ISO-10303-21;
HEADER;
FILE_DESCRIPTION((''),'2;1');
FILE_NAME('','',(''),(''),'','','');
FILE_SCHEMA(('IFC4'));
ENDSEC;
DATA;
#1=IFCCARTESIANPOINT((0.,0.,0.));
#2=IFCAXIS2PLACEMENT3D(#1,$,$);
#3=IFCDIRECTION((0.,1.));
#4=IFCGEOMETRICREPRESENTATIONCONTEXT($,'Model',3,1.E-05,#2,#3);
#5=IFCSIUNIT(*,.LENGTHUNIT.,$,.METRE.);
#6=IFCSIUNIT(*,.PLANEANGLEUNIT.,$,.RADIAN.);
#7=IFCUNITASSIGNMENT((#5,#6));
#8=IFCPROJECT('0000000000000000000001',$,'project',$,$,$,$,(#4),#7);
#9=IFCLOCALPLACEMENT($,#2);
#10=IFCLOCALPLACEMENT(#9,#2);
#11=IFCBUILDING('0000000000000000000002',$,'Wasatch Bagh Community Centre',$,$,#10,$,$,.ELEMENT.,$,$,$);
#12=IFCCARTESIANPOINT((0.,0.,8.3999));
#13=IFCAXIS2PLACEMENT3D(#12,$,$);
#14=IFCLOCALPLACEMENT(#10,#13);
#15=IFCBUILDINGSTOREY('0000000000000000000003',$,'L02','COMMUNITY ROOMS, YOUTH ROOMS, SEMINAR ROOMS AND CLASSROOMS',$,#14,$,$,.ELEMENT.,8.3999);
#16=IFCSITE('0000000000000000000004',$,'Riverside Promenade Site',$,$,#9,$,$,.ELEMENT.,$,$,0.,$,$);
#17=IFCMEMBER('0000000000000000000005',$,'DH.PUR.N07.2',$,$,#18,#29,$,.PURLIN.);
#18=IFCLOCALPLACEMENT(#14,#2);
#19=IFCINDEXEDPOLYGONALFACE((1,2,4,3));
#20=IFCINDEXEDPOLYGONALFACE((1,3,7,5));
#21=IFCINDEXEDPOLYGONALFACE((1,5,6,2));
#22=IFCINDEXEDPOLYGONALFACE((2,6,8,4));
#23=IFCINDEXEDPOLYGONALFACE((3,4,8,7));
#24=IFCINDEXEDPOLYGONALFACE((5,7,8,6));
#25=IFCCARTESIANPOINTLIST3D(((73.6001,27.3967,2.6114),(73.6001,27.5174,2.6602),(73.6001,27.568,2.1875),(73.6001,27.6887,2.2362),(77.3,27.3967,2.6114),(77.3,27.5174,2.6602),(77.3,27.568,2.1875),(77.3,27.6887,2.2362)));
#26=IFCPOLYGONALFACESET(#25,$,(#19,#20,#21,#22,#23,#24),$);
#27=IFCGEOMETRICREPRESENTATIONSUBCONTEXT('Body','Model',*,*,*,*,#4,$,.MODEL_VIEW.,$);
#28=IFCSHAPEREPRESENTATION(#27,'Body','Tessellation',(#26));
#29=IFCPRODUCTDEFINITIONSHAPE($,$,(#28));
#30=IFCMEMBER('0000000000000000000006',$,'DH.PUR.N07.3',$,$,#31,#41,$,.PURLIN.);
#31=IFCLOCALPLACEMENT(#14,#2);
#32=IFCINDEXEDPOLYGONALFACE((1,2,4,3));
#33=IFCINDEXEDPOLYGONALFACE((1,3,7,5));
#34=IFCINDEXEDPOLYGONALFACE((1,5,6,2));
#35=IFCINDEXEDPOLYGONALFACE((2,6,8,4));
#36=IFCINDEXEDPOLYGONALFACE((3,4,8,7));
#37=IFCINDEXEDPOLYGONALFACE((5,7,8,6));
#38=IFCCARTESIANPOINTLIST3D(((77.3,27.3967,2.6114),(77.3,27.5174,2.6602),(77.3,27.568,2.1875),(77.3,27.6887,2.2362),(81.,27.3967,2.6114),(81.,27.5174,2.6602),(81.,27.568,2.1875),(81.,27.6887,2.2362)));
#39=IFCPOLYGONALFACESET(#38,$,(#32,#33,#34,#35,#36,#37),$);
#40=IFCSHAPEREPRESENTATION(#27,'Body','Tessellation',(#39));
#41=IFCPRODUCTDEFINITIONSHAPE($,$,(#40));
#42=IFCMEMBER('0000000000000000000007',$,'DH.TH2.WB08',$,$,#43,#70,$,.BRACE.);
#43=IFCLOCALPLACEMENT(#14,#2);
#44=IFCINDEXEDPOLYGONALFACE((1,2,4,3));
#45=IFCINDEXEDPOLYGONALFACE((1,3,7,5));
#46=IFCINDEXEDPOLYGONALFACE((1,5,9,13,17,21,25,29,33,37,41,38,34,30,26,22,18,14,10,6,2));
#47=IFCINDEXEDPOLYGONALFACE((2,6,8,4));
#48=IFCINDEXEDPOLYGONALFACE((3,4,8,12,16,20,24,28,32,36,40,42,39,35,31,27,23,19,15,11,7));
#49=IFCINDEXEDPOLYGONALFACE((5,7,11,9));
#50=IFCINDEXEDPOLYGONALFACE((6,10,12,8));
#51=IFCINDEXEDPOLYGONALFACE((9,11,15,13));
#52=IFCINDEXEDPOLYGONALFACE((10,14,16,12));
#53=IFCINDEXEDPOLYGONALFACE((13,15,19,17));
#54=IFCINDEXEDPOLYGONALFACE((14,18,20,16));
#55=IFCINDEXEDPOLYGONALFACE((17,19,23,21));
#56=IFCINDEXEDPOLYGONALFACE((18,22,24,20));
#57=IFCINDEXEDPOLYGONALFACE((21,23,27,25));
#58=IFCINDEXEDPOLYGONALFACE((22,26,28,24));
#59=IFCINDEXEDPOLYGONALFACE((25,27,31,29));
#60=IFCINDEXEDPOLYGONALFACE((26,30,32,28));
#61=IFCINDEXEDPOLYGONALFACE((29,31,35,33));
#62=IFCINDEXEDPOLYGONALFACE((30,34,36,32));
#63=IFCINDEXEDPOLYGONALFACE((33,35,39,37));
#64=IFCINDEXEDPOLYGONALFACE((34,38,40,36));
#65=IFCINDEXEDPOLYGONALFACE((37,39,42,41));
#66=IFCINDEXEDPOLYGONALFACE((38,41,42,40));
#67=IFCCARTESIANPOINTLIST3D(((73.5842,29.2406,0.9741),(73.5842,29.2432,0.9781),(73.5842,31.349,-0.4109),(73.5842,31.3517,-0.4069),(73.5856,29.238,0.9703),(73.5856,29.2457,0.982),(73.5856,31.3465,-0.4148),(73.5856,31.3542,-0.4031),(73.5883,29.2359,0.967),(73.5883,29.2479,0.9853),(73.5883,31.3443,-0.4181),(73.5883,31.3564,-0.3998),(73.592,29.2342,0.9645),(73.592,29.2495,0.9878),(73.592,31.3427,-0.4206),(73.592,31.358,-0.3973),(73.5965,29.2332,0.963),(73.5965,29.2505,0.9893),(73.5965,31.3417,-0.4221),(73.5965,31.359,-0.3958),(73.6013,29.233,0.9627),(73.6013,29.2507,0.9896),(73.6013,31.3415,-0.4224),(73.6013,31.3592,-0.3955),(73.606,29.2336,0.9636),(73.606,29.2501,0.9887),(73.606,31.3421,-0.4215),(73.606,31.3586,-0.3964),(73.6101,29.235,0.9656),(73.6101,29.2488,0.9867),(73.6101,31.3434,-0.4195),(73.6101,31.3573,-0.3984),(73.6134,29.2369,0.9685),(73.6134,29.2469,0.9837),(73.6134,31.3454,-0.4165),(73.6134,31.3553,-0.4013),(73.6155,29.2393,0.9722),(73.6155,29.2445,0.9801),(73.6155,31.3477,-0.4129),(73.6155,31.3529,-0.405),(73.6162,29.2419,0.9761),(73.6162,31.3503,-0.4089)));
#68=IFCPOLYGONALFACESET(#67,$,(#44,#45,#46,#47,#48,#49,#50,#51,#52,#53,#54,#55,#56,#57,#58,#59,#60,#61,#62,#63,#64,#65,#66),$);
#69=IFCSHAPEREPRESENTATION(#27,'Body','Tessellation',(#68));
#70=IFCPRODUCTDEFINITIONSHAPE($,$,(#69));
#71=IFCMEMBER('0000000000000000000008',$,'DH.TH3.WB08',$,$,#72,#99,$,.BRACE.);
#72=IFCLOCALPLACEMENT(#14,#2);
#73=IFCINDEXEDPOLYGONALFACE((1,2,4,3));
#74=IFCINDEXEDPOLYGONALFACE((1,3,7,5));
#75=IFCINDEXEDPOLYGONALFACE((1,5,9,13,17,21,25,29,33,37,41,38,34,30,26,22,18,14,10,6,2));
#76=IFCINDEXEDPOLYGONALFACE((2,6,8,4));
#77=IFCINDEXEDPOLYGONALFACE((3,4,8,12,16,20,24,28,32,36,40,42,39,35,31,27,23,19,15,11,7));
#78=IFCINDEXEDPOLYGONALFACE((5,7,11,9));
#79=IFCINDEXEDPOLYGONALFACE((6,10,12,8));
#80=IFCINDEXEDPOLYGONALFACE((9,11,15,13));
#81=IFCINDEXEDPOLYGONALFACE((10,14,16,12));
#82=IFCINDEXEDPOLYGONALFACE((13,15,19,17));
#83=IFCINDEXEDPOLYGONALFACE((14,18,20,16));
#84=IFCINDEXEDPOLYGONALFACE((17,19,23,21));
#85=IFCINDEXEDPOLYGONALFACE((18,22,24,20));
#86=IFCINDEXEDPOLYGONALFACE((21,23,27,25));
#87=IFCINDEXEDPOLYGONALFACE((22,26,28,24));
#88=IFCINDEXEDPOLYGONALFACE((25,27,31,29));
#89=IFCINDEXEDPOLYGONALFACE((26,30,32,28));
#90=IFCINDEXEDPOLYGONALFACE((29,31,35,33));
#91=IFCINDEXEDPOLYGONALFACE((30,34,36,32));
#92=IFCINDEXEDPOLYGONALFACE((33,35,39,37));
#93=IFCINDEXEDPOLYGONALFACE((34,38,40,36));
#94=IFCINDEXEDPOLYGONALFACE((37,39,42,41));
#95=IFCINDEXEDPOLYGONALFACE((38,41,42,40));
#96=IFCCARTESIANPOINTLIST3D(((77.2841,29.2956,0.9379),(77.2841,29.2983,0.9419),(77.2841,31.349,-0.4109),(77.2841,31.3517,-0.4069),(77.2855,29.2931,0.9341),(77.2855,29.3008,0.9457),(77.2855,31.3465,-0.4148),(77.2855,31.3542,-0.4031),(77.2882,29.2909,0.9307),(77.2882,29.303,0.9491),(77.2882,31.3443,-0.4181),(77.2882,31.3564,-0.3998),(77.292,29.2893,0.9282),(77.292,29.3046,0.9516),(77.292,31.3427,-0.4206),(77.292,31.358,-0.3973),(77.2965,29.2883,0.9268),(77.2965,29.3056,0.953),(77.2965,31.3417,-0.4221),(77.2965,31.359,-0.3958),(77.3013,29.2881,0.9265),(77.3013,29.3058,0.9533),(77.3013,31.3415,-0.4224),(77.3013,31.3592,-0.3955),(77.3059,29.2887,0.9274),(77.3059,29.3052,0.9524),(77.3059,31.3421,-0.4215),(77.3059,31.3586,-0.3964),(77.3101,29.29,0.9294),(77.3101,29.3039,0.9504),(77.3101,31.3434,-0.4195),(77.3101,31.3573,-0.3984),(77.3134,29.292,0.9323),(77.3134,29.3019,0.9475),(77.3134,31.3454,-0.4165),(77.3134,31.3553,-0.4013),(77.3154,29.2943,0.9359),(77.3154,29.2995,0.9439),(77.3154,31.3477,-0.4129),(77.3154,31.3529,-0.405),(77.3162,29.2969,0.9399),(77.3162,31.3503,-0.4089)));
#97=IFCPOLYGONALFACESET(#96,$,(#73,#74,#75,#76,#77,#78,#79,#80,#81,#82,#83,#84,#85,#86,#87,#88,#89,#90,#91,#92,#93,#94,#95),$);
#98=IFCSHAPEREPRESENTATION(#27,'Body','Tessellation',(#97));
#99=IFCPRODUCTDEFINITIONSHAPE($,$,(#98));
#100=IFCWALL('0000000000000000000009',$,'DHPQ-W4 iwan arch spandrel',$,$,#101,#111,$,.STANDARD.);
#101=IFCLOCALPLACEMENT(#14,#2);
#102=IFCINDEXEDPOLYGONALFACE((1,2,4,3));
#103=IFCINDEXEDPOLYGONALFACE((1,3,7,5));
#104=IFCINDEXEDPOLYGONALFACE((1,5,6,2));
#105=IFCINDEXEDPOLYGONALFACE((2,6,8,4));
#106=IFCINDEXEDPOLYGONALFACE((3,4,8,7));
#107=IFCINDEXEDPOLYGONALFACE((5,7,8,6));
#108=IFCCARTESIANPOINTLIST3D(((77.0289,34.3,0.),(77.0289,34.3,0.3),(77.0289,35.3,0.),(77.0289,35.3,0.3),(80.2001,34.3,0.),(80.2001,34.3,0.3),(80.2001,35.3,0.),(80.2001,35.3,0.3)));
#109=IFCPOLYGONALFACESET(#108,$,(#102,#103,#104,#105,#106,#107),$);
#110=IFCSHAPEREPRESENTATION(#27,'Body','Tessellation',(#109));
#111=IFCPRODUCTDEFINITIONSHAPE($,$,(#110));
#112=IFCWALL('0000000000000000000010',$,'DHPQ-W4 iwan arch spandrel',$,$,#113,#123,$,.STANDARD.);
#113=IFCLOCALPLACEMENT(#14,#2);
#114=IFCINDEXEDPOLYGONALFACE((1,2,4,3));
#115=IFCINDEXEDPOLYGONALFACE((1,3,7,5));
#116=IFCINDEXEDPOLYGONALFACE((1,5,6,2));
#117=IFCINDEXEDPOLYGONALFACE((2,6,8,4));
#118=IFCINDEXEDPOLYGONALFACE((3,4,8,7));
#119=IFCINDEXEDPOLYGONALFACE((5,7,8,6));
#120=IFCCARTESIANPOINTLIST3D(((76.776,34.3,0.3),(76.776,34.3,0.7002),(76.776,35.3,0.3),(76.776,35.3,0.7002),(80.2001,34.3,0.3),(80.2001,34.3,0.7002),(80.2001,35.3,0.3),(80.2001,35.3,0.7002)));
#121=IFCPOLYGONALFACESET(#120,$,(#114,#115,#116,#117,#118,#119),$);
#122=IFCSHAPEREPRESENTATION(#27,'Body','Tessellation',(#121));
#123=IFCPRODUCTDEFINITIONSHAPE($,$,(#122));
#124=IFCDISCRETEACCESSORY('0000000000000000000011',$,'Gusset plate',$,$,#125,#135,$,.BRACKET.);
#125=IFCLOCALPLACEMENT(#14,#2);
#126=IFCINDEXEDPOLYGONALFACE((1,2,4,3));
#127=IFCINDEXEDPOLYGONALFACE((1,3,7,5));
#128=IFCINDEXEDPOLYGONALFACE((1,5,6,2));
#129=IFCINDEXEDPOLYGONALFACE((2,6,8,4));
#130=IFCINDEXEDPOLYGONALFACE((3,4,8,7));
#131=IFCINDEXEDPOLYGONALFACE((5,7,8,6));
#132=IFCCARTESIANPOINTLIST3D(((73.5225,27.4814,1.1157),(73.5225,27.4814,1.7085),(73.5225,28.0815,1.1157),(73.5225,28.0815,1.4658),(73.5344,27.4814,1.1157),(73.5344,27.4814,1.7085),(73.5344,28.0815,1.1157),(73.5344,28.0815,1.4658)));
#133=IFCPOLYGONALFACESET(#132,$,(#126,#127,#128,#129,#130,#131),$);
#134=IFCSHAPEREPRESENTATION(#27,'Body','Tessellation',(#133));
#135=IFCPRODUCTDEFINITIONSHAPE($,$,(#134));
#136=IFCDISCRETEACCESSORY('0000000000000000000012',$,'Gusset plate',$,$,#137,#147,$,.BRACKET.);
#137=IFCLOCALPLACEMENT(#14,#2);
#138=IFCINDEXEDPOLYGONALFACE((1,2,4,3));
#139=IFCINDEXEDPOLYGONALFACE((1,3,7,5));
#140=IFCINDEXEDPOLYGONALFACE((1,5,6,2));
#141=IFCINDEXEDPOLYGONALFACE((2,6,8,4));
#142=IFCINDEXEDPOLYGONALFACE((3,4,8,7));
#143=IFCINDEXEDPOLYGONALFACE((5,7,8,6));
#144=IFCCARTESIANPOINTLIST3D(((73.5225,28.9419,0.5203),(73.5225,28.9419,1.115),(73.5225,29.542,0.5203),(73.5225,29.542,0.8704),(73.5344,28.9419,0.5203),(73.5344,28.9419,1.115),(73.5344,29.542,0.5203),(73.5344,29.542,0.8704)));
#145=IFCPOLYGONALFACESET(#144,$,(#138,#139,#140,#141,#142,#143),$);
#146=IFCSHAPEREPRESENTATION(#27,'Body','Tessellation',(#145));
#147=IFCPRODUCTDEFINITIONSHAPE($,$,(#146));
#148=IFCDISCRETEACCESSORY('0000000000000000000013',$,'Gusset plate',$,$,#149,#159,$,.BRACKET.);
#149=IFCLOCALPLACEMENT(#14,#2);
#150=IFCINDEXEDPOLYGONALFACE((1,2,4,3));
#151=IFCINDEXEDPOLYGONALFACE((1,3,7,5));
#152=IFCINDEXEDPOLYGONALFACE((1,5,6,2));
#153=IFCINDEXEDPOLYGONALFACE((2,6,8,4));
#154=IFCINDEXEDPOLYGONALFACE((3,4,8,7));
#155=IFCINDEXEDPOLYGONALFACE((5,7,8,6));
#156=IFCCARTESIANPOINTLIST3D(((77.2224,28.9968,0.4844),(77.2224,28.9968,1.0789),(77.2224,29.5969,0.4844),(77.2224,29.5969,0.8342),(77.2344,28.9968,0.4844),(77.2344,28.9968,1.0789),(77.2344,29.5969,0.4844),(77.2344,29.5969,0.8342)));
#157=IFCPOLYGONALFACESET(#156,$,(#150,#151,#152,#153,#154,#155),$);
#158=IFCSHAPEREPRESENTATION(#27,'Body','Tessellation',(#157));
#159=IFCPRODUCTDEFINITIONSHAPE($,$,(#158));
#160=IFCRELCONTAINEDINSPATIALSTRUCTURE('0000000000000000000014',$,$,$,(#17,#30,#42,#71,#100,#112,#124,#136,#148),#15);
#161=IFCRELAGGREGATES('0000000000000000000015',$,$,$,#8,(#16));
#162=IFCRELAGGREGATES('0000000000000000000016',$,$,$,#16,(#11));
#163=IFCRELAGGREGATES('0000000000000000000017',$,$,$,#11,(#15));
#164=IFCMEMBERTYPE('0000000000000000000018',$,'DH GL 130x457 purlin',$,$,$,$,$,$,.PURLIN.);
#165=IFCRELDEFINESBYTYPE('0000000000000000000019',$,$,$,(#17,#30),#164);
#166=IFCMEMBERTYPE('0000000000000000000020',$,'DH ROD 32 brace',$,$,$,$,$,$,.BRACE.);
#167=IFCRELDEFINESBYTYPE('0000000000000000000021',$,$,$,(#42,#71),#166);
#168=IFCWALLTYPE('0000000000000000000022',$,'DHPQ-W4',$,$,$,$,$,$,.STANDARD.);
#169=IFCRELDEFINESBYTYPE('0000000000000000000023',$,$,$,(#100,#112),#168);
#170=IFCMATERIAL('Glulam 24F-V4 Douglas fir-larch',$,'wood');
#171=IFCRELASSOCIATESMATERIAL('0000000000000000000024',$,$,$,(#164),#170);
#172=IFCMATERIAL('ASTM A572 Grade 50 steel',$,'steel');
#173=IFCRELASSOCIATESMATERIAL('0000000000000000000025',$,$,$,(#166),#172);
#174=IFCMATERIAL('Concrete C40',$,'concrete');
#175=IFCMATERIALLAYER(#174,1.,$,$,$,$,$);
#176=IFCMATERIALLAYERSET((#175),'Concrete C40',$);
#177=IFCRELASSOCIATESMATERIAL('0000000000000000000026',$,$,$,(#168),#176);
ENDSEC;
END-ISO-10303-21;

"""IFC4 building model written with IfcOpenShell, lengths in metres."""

from ifc_helpers import new_model, si_unit, direction, frame, frame_2d, origin, origin_2d, place, context, subcontext, project, spatial, polyline, rectangle, circle, outline, extrude, material, layer, layer_set, material_profile, profile_set, type_object, element, save


model = new_model("IFC4")

# Units and contexts
model_context = context("Model", 3, precision=1e-05, world=origin(), true_north=direction((0.0, 1.0)))
body_context = subcontext(model_context, "Body", "Model", "MODEL_VIEW")
ifc_project = project(units=[si_unit("LENGTHUNIT", "METRE"), si_unit("PLANEANGLEUNIT", "RADIAN")], contexts=[model_context])

# Site, building, storey
site_placement = place(None, origin())
site = spatial("IfcSite", under=ifc_project, at=site_placement, Name="Riverside Promenade Site", CompositionType="ELEMENT", RefElevation=0.0)
building_placement = place(site_placement, origin())
building = spatial("IfcBuilding", under=site, at=building_placement, Name="Wasatch Bagh Community Centre", CompositionType="ELEMENT")
storey_placement = place(building_placement, frame((0.0, 0.0, 8.3999)))
storey = spatial("IfcBuildingStorey", under=building, at=storey_placement, Name="L02", Description="COMMUNITY ROOMS, YOUTH ROOMS, SEMINAR ROOMS AND CLASSROOMS", CompositionType="ELEMENT", Elevation=8.3999)

# Members
ifc_material_1 = material(Name="Glulam 24F-V4 Douglas fir-larch", Category="wood")
ifc_material_profile_1 = material_profile(ifc_material_1, rectangle(XDim=0.1301, YDim=0.4573, at=origin_2d()), Name="GL 130x457")
ifc_profile_set_1 = profile_set([ifc_material_profile_1], Name="Glulam 24F-V4 Douglas fir-larch")
member_type_1 = type_object("IfcMemberType", Name="DH GL 130x457 purlin", PredefinedType="PURLIN", material=ifc_profile_set_1)
for number, where, z_axis, x_axis, name in (
    (1, (73.6001, 27.5427, 2.4238), (1.0, 0.0, 0.0), (0.0, 0.927184, 0.374607), "DH.PUR.N07.2"),
    (2, (77.3, 27.5427, 2.4238), (1.0, 0.0, 0.0), (0.0, 0.927184, 0.374607), "DH.PUR.N07.3"),
):
    element("IfcMember", number, at=place(storey_placement, frame(where, z_axis=z_axis, x_axis=x_axis)), inside=storey, type_object=member_type_1, Name=name, PredefinedType="PURLIN", context=body_context, shape_type="SweptSolid", body=[
        extrude(rectangle(XDim=0.1301, YDim=0.4573, at=origin_2d()), origin(), (0.0, 0.0, 1.0), 3.7),
    ])
ifc_material_2 = material(Name="ASTM A572 Grade 50 steel", Category="steel")
ifc_material_profile_2 = material_profile(ifc_material_2, circle(Radius=0.0161, at=origin_2d()), Name="ROD 32")
ifc_profile_set_2 = profile_set([ifc_material_profile_2], Name="ASTM A572 Grade 50 steel")
member_type_2 = type_object("IfcMemberType", Name="DH ROD 32 brace", PredefinedType="BRACE", material=ifc_profile_set_2)
member_1_placement = place(storey_placement, frame((73.6001, 31.3503, -0.4089), z_axis=(0.0, -0.835798, 0.549037), x_axis=(1.0, 0.0, 0.0)))
element("IfcMember", 3, at=member_1_placement, inside=storey, type_object=member_type_2, Name="DH.TH2.WB08", PredefinedType="BRACE", context=body_context, shape_type="SweptSolid", body=[
    extrude(circle(Radius=0.0161, at=origin_2d()), origin(), (0.0, 0.0, 1.0), 2.5227),
])
member_2_placement = place(storey_placement, frame((77.3, 31.3503, -0.4089), z_axis=(0.0, -0.835807, 0.549023), x_axis=(1.0, 0.0, 0.0)))
element("IfcMember", 4, at=member_2_placement, inside=storey, type_object=member_type_2, Name="DH.TH3.WB08", PredefinedType="BRACE", context=body_context, shape_type="SweptSolid", body=[
    extrude(circle(Radius=0.0161, at=origin_2d()), origin(), (0.0, 0.0, 1.0), 2.4568),
])

# Walls
ifc_material_3 = material(Name="Concrete C40", Category="concrete")
ifc_layer = layer(ifc_material_3, 1.0)
ifc_layer_set = layer_set([ifc_layer], Name="Concrete C40")
wall_type = type_object("IfcWallType", Name="DHPQ-W4", PredefinedType="STANDARD", material=ifc_layer_set)
wall_1_placement = place(storey_placement, frame((80.2, 34.8, 0.0), z_axis=(0.0, 0.0, 1.0), x_axis=(-1.0, 0.0, 0.0)))
element("IfcWall", 5, at=wall_1_placement, inside=storey, type_object=wall_type, Name="DHPQ-W4 iwan arch spandrel", PredefinedType="STANDARD", context=body_context, shape_type="SweptSolid", body=[
    extrude(rectangle(XDim=3.1711, YDim=1.0, at=frame_2d((1.5854, 0.0))), origin(), (0.0, 0.0, 1.0), 0.3),
])
wall_2_placement = place(storey_placement, frame((80.2, 34.8, 0.3), z_axis=(0.0, 0.0, 1.0), x_axis=(-1.0, 0.0, 0.0)))
element("IfcWall", 6, at=wall_2_placement, inside=storey, type_object=wall_type, Name="DHPQ-W4 iwan arch spandrel", PredefinedType="STANDARD", context=body_context, shape_type="SweptSolid", body=[
    extrude(rectangle(XDim=3.4241, YDim=1.0, at=frame_2d((1.7119, 0.0))), origin(), (0.0, 0.0, 1.0), 0.4001),
])

# Discrete accessories
discrete_accessory_1_placement = place(storey_placement, frame((73.5225, 27.4814, 1.7085), z_axis=(-1.0, 0.0, 0.0), x_axis=(0.0, 0.927065, -0.3749)))
element("IfcDiscreteAccessory", 7, at=discrete_accessory_1_placement, inside=storey, Name="Gusset plate", PredefinedType="BRACKET", context=body_context, shape_type="SweptSolid", body=[
    extrude(outline(polyline([(0.0, 0.0), (0.6473, 0.0), (0.7786, 0.3246), (0.2222, 0.5495), (0.0, 0.0)])), origin(), (0.0, 0.0, -1.0), 0.012),
])
discrete_accessory_2_placement = place(storey_placement, frame((73.5225, 28.9419, 1.115), z_axis=(-1.0, 0.0, 0.0), x_axis=(0.0, 0.926014, -0.377488)))
element("IfcDiscreteAccessory", 8, at=discrete_accessory_2_placement, inside=storey, Name="Gusset plate", PredefinedType="BRACKET", context=body_context, shape_type="SweptSolid", body=[
    extrude(outline(polyline([(0.0, 0.0), (0.648, 0.0), (0.7802, 0.3242), (0.2245, 0.5507), (0.0, 0.0)])), origin(), (0.0, 0.0, -1.0), 0.012),
])
discrete_accessory_3_placement = place(storey_placement, frame((77.2224, 28.9968, 1.0789), z_axis=(-1.0, 0.0, 0.0), x_axis=(0.0, 0.926014, -0.377488)))
element("IfcDiscreteAccessory", 9, at=discrete_accessory_3_placement, inside=storey, Name="Gusset plate", PredefinedType="BRACKET", context=body_context, shape_type="SweptSolid", body=[
    extrude(outline(polyline([(0.0, 0.0), (0.648, 0.0), (0.7801, 0.324), (0.2244, 0.5505), (0.0, 0.0)])), origin(), (0.0, 0.0, -1.0), 0.012),
])

save(model, "model.ifc")
